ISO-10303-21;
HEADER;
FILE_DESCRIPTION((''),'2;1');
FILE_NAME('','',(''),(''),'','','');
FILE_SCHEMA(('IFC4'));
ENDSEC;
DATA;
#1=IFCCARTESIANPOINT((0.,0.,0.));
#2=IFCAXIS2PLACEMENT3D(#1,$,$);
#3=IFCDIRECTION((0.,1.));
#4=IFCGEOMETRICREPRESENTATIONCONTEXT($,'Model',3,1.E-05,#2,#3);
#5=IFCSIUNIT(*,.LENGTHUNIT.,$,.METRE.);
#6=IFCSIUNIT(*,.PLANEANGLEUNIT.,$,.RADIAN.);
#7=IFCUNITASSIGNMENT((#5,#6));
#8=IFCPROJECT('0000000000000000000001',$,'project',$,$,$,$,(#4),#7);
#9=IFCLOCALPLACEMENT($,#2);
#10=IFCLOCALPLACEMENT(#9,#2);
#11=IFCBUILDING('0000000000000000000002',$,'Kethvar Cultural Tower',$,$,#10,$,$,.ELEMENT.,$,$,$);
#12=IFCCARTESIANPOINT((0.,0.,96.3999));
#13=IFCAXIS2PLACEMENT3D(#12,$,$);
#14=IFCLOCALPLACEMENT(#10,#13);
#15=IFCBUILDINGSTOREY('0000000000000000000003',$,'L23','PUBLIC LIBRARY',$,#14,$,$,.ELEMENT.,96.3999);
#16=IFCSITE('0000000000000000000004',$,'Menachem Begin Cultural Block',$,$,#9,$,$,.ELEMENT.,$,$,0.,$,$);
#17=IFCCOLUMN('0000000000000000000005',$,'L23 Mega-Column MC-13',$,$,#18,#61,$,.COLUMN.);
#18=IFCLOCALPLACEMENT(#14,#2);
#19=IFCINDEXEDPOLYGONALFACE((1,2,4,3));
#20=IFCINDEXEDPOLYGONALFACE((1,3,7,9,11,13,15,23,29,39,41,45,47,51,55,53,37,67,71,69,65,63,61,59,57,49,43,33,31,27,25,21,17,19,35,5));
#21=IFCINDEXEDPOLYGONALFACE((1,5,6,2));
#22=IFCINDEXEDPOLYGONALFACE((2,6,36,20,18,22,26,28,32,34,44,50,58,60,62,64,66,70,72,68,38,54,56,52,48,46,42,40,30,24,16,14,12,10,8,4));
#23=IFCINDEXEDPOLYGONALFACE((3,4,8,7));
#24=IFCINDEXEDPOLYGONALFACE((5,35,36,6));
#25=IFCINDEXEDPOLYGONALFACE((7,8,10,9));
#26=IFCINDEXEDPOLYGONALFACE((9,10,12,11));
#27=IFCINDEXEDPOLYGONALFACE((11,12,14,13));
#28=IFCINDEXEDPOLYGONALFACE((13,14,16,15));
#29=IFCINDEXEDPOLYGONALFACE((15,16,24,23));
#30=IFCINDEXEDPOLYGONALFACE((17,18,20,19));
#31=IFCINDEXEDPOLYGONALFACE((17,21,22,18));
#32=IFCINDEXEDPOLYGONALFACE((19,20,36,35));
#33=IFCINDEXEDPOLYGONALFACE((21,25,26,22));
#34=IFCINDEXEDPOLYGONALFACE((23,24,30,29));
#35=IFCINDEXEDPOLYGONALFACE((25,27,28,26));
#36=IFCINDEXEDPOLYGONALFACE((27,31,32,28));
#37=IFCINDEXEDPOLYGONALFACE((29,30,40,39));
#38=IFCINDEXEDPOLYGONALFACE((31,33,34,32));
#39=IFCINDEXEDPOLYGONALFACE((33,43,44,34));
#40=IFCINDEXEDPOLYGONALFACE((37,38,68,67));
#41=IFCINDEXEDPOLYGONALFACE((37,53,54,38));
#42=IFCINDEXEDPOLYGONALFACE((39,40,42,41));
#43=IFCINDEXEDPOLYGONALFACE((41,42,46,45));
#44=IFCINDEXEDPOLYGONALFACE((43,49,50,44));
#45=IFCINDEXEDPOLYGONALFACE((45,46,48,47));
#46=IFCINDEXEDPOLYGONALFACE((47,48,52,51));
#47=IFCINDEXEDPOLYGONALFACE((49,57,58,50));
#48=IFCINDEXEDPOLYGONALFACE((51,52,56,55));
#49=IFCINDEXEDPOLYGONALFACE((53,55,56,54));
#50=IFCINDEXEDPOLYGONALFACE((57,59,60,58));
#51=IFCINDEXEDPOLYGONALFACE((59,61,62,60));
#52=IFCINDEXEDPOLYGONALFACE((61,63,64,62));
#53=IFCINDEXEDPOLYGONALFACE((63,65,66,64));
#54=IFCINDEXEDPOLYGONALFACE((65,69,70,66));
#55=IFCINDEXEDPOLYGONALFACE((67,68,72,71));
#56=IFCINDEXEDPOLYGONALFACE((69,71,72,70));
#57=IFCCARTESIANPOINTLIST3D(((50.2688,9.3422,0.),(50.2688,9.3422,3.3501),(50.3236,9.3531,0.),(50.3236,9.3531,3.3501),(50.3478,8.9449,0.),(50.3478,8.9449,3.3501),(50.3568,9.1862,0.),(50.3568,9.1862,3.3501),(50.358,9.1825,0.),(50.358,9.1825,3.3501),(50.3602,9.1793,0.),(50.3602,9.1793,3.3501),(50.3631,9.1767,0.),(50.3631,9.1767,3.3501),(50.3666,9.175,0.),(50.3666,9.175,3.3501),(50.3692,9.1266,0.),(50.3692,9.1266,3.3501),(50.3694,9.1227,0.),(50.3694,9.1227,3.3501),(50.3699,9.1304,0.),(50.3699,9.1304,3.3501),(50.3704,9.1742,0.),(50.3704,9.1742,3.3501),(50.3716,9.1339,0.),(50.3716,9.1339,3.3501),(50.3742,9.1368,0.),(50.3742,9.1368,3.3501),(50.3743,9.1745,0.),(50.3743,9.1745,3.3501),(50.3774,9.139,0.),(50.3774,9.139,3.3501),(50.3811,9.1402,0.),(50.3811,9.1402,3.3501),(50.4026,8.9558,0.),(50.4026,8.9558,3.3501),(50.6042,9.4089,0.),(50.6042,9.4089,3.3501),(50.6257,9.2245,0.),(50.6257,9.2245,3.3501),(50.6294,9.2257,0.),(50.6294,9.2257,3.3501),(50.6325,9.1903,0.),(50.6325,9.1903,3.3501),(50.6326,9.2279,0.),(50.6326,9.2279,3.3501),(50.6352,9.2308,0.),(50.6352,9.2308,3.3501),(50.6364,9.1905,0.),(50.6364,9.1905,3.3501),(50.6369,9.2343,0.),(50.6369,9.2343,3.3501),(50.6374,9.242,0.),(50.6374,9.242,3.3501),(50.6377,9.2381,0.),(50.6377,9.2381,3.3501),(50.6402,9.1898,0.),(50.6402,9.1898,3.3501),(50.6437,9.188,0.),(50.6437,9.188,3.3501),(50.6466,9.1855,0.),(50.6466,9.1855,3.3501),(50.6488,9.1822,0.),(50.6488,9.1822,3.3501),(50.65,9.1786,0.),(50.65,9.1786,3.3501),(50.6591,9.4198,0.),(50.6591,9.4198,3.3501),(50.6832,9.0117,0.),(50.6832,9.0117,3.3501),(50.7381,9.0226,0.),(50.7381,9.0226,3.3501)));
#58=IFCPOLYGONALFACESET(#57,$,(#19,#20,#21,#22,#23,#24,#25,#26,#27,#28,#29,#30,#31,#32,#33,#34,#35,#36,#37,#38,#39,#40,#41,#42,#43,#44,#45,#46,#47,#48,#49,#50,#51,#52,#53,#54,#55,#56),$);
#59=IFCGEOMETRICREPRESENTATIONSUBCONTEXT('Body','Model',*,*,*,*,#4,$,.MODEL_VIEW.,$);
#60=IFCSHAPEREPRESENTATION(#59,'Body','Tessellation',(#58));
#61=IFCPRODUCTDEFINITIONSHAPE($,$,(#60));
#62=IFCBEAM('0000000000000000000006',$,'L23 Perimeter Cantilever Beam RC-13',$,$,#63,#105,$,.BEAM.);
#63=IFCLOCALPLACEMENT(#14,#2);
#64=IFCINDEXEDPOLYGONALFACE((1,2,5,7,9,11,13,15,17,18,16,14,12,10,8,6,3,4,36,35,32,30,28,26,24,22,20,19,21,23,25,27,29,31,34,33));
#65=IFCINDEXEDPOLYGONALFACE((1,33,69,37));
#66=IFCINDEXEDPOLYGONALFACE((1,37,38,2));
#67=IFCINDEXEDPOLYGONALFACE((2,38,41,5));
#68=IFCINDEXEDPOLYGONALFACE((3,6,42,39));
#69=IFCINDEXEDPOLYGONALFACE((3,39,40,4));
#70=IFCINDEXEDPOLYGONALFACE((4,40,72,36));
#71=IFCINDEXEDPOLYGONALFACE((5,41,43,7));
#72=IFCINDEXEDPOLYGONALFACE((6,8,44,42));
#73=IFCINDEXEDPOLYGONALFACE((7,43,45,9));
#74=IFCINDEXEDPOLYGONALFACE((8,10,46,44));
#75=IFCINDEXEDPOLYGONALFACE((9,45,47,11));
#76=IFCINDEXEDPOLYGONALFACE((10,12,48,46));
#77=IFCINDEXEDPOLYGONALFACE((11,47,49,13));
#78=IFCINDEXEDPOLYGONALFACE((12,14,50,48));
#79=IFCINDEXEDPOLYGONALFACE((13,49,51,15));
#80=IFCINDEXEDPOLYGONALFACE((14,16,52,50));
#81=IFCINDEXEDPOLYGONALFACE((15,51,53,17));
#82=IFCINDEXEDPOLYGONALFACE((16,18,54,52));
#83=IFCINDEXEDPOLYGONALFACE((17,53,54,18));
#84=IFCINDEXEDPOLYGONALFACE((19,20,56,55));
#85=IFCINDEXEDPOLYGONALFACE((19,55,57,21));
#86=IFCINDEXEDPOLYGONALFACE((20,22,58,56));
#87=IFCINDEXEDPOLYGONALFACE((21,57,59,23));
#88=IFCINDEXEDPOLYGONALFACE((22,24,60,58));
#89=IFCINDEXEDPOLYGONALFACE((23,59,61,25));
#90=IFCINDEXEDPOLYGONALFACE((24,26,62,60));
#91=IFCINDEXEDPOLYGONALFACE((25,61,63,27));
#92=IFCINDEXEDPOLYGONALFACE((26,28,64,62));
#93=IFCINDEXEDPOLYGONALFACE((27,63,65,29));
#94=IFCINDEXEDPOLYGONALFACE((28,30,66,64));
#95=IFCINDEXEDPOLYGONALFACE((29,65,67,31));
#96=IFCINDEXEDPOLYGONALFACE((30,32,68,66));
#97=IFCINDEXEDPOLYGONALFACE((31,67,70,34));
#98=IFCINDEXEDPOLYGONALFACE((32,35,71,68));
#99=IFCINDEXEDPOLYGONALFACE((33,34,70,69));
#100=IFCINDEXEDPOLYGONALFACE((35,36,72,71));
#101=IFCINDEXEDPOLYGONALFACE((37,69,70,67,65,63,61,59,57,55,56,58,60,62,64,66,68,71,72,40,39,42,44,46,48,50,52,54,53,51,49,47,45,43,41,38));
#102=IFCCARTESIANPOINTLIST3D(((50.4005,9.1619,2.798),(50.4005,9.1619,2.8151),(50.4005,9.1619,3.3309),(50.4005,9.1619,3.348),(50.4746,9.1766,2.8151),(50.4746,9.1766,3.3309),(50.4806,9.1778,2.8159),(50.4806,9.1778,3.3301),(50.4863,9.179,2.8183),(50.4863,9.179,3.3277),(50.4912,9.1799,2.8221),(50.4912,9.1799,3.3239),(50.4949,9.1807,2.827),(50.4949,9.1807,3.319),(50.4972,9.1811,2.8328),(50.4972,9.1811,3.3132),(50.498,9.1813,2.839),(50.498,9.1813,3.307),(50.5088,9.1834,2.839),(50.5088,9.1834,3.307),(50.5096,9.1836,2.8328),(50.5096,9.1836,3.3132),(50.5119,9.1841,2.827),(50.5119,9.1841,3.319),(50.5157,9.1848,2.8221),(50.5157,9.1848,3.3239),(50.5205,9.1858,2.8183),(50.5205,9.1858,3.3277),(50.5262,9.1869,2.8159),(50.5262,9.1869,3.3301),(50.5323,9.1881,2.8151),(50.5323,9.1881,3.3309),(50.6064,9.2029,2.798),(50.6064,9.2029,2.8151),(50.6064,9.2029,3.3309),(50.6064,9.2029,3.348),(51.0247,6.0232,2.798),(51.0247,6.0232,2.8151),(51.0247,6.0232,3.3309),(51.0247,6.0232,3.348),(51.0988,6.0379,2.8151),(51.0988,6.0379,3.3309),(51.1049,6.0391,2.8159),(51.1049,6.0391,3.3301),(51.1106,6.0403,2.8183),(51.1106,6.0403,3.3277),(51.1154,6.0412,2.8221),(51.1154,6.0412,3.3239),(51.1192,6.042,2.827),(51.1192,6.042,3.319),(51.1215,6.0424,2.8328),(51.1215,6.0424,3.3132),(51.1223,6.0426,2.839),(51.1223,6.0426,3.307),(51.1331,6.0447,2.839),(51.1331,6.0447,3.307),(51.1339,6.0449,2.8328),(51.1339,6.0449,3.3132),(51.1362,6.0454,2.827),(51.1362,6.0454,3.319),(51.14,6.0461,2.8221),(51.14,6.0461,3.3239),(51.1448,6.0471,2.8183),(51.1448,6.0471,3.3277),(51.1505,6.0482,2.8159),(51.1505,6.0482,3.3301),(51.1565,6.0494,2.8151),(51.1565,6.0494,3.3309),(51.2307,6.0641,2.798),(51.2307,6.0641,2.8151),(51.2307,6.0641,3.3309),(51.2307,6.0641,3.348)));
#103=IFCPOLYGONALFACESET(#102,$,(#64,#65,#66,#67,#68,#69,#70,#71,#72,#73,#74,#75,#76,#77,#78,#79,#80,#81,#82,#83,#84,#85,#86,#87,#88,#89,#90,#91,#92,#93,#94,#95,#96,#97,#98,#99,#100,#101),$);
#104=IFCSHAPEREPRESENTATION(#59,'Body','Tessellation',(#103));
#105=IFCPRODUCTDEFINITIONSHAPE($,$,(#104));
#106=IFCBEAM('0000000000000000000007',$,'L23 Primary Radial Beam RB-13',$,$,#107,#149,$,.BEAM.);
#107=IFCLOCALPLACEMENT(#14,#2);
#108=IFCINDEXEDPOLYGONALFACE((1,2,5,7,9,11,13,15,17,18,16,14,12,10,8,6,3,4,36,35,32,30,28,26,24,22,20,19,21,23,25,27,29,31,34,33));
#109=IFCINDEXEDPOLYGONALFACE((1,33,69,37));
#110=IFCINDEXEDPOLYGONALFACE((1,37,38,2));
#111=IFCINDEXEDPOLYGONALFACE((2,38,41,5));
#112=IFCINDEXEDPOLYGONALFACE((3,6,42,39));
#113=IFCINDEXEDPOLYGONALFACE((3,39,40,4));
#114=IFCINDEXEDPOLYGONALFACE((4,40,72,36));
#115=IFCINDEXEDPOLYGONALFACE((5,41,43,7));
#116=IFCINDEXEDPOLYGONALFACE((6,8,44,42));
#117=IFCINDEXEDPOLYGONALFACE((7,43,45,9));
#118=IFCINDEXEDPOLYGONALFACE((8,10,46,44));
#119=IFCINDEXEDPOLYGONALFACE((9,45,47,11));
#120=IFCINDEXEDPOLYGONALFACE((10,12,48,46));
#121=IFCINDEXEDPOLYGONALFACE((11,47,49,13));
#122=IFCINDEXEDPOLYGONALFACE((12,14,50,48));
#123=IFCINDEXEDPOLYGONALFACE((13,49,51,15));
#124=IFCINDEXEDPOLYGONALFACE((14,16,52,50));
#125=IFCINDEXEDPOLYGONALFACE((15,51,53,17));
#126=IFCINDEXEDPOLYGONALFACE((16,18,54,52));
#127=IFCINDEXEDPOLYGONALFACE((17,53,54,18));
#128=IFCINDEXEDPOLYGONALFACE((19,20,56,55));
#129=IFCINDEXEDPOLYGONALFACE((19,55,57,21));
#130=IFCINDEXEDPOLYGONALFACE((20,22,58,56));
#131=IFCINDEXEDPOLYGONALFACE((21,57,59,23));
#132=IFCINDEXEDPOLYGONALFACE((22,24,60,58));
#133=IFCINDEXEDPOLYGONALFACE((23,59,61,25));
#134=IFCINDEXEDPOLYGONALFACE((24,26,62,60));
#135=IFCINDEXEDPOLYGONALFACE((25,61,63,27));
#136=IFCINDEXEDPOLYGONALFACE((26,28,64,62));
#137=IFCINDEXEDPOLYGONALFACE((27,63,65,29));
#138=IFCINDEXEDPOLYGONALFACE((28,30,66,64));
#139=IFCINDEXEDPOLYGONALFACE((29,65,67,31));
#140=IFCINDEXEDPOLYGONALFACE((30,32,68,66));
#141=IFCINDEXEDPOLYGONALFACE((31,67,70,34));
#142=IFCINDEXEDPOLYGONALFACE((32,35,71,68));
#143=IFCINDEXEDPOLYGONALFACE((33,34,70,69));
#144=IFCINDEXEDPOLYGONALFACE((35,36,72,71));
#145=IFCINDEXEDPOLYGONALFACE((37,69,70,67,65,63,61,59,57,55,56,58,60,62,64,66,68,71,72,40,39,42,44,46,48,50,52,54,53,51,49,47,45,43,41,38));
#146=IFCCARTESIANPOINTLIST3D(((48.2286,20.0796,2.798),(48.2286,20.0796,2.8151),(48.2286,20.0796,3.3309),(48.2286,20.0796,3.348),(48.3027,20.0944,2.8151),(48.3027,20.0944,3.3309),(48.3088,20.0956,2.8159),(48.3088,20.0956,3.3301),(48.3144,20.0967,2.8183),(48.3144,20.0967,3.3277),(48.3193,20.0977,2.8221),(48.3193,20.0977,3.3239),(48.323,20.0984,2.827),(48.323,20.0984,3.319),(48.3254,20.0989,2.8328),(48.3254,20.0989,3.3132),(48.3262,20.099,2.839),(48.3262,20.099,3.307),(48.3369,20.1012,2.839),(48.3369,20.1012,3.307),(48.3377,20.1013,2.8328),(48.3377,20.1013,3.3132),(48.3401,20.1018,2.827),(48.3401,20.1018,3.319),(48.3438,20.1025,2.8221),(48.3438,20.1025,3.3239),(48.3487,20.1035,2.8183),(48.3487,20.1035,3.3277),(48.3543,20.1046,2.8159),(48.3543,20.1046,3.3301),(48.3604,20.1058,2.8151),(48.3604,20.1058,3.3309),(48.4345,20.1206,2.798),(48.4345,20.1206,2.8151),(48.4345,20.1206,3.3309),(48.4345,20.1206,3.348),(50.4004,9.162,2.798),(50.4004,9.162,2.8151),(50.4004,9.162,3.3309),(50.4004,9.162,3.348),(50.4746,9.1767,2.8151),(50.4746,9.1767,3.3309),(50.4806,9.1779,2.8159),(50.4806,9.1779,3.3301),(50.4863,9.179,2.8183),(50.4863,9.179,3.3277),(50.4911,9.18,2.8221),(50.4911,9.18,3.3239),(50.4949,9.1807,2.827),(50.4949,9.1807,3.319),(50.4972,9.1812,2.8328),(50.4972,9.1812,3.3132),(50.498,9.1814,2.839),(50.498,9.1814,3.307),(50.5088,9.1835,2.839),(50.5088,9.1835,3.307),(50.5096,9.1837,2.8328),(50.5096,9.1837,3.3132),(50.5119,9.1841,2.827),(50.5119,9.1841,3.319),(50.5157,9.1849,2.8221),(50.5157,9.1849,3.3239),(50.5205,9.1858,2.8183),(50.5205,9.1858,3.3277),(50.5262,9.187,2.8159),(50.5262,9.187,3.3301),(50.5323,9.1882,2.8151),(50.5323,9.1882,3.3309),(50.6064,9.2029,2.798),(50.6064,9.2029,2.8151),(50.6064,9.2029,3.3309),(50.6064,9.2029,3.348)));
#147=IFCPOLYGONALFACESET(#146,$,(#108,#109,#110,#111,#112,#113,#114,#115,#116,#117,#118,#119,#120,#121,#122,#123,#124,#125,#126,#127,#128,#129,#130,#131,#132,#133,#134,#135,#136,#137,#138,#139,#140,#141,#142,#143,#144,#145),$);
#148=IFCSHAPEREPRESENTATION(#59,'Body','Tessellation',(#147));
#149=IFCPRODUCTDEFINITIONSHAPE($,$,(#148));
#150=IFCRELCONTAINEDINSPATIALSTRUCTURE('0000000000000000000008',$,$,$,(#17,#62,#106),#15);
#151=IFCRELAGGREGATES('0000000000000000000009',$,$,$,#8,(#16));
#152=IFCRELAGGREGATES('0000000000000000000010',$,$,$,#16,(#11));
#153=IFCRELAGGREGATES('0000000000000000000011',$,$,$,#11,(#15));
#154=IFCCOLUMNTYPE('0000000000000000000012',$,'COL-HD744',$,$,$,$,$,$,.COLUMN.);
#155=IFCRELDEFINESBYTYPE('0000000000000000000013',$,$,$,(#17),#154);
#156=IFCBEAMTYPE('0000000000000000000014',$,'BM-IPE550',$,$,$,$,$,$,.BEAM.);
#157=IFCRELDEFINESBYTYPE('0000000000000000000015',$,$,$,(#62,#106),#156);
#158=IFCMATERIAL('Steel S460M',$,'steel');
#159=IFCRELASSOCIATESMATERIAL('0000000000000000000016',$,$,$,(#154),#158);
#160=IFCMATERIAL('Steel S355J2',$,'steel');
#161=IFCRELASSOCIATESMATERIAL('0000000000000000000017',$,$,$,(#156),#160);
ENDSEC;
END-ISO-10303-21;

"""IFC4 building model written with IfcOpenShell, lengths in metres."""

from ifc_helpers import new_model, si_unit, direction, frame, origin, origin_2d, place, context, subcontext, project, spatial, i_section, extrude, source, transform, mapped, material, material_profile, profile_set, type_object, element, save


model = new_model("IFC4")

# Units and contexts
model_context = context("Model", 3, precision=1e-05, world=origin(), true_north=direction((0.0, 1.0)))
body_context = subcontext(model_context, "Body", "Model", "MODEL_VIEW")
ifc_project = project(units=[si_unit("LENGTHUNIT", "METRE"), si_unit("PLANEANGLEUNIT", "RADIAN")], contexts=[model_context])

# Site, building, storey
site_placement = place(None, origin())
site = spatial("IfcSite", under=ifc_project, at=site_placement, Name="Menachem Begin Cultural Block", CompositionType="ELEMENT", RefElevation=0.0)
building_placement = place(site_placement, origin())
building = spatial("IfcBuilding", under=site, at=building_placement, Name="Kethvar Cultural Tower", CompositionType="ELEMENT")
storey_placement = place(building_placement, frame((0.0, 0.0, 96.3999)))
storey = spatial("IfcBuildingStorey", under=building, at=storey_placement, Name="L23", Description="PUBLIC LIBRARY", CompositionType="ELEMENT", Elevation=96.3999)

# Column
ifc_material_1 = material(Name="Steel S460M", Category="steel")
ifc_material_profile_1 = material_profile(ifc_material_1, i_section(OverallWidth=0.405, OverallDepth=0.3979, WebThickness=0.0349, FlangeThickness=0.0559, FilletRadius=0.0149, at=origin_2d()), Name="Steel S460M — HD400x744")
ifc_profile_set_1 = profile_set([ifc_material_profile_1], Name="Steel S460M — HD400x744")
column_type = type_object("IfcColumnType", Name="COL-HD744", PredefinedType="COLUMN", material=ifc_profile_set_1)
shared_shape_1 = source(origin(), body_context, "Body", "SweptSolid", [
    extrude(i_section(OverallWidth=0.405, OverallDepth=0.3979, WebThickness=0.0349, FlangeThickness=0.0559, FilletRadius=0.0149, at=origin_2d()), origin(), (0.0, 0.0, 1.0), 3.3501),
])
column_placement = place(storey_placement, frame((50.5034, 9.1824, 0.0), z_axis=(0.0, 0.0, 1.0), x_axis=(0.19509, -0.980785, 0.0)))
element("IfcColumn", 1, at=column_placement, inside=storey, type_object=column_type, Name="L23 Mega-Column MC-13", PredefinedType="COLUMN", context=body_context, shape_type="MappedRepresentation", body=[
    mapped(shared_shape_1, transform((0.0, 0.0, 0.0), scale=1.0)),
])

# Beams
ifc_material_2 = material(Name="Steel S355J2", Category="steel")
ifc_material_profile_2 = material_profile(ifc_material_2, i_section(OverallWidth=0.21, OverallDepth=0.55, WebThickness=0.011, FlangeThickness=0.0171, FilletRadius=0.0239, at=origin_2d()), Name="Steel S355J2 — IPE550")
ifc_profile_set_2 = profile_set([ifc_material_profile_2], Name="Steel S355J2 — IPE550")
beam_type_1 = type_object("IfcBeamType", Name="BM-IPE550", PredefinedType="BEAM", material=ifc_profile_set_2)
shared_shape_2 = source(origin(), body_context, "Body", "SweptSolid", [
    extrude(i_section(OverallWidth=0.21, OverallDepth=0.55, WebThickness=0.011, FlangeThickness=0.0171, FilletRadius=0.0239, at=origin_2d()), origin(), (0.0, 0.0, 1.0), 3.2002),
])
beam_1_placement = place(storey_placement, frame((50.5034, 9.1824, 3.073), z_axis=(0.195074, -0.980788, 0.0), x_axis=(0.980788, 0.195074, 0.0)))
element("IfcBeam", 2, at=beam_1_placement, inside=storey, type_object=beam_type_1, Name="L23 Perimeter Cantilever Beam RC-13", PredefinedType="BEAM", context=body_context, shape_type="MappedRepresentation", body=[
    mapped(shared_shape_2, transform((0.0, 0.0, 0.0), scale=1.0)),
])
shared_shape_3 = source(origin(), body_context, "Body", "SweptSolid", [
    extrude(i_section(OverallWidth=0.21, OverallDepth=0.55, WebThickness=0.011, FlangeThickness=0.0171, FilletRadius=0.0239, at=origin_2d()), origin(), (0.0, 0.0, 1.0), 11.1316),
])
beam_2_placement = place(storey_placement, frame((48.3315, 20.1001, 3.073), z_axis=(0.195108, -0.980782, 0.0), x_axis=(0.980782, 0.195108, 0.0)))
element("IfcBeam", 3, at=beam_2_placement, inside=storey, type_object=beam_type_1, Name="L23 Primary Radial Beam RB-13", PredefinedType="BEAM", context=body_context, shape_type="MappedRepresentation", body=[
    mapped(shared_shape_3, transform((0.0, 0.0, 0.0), scale=1.0)),
])

save(model, "model.ifc")
